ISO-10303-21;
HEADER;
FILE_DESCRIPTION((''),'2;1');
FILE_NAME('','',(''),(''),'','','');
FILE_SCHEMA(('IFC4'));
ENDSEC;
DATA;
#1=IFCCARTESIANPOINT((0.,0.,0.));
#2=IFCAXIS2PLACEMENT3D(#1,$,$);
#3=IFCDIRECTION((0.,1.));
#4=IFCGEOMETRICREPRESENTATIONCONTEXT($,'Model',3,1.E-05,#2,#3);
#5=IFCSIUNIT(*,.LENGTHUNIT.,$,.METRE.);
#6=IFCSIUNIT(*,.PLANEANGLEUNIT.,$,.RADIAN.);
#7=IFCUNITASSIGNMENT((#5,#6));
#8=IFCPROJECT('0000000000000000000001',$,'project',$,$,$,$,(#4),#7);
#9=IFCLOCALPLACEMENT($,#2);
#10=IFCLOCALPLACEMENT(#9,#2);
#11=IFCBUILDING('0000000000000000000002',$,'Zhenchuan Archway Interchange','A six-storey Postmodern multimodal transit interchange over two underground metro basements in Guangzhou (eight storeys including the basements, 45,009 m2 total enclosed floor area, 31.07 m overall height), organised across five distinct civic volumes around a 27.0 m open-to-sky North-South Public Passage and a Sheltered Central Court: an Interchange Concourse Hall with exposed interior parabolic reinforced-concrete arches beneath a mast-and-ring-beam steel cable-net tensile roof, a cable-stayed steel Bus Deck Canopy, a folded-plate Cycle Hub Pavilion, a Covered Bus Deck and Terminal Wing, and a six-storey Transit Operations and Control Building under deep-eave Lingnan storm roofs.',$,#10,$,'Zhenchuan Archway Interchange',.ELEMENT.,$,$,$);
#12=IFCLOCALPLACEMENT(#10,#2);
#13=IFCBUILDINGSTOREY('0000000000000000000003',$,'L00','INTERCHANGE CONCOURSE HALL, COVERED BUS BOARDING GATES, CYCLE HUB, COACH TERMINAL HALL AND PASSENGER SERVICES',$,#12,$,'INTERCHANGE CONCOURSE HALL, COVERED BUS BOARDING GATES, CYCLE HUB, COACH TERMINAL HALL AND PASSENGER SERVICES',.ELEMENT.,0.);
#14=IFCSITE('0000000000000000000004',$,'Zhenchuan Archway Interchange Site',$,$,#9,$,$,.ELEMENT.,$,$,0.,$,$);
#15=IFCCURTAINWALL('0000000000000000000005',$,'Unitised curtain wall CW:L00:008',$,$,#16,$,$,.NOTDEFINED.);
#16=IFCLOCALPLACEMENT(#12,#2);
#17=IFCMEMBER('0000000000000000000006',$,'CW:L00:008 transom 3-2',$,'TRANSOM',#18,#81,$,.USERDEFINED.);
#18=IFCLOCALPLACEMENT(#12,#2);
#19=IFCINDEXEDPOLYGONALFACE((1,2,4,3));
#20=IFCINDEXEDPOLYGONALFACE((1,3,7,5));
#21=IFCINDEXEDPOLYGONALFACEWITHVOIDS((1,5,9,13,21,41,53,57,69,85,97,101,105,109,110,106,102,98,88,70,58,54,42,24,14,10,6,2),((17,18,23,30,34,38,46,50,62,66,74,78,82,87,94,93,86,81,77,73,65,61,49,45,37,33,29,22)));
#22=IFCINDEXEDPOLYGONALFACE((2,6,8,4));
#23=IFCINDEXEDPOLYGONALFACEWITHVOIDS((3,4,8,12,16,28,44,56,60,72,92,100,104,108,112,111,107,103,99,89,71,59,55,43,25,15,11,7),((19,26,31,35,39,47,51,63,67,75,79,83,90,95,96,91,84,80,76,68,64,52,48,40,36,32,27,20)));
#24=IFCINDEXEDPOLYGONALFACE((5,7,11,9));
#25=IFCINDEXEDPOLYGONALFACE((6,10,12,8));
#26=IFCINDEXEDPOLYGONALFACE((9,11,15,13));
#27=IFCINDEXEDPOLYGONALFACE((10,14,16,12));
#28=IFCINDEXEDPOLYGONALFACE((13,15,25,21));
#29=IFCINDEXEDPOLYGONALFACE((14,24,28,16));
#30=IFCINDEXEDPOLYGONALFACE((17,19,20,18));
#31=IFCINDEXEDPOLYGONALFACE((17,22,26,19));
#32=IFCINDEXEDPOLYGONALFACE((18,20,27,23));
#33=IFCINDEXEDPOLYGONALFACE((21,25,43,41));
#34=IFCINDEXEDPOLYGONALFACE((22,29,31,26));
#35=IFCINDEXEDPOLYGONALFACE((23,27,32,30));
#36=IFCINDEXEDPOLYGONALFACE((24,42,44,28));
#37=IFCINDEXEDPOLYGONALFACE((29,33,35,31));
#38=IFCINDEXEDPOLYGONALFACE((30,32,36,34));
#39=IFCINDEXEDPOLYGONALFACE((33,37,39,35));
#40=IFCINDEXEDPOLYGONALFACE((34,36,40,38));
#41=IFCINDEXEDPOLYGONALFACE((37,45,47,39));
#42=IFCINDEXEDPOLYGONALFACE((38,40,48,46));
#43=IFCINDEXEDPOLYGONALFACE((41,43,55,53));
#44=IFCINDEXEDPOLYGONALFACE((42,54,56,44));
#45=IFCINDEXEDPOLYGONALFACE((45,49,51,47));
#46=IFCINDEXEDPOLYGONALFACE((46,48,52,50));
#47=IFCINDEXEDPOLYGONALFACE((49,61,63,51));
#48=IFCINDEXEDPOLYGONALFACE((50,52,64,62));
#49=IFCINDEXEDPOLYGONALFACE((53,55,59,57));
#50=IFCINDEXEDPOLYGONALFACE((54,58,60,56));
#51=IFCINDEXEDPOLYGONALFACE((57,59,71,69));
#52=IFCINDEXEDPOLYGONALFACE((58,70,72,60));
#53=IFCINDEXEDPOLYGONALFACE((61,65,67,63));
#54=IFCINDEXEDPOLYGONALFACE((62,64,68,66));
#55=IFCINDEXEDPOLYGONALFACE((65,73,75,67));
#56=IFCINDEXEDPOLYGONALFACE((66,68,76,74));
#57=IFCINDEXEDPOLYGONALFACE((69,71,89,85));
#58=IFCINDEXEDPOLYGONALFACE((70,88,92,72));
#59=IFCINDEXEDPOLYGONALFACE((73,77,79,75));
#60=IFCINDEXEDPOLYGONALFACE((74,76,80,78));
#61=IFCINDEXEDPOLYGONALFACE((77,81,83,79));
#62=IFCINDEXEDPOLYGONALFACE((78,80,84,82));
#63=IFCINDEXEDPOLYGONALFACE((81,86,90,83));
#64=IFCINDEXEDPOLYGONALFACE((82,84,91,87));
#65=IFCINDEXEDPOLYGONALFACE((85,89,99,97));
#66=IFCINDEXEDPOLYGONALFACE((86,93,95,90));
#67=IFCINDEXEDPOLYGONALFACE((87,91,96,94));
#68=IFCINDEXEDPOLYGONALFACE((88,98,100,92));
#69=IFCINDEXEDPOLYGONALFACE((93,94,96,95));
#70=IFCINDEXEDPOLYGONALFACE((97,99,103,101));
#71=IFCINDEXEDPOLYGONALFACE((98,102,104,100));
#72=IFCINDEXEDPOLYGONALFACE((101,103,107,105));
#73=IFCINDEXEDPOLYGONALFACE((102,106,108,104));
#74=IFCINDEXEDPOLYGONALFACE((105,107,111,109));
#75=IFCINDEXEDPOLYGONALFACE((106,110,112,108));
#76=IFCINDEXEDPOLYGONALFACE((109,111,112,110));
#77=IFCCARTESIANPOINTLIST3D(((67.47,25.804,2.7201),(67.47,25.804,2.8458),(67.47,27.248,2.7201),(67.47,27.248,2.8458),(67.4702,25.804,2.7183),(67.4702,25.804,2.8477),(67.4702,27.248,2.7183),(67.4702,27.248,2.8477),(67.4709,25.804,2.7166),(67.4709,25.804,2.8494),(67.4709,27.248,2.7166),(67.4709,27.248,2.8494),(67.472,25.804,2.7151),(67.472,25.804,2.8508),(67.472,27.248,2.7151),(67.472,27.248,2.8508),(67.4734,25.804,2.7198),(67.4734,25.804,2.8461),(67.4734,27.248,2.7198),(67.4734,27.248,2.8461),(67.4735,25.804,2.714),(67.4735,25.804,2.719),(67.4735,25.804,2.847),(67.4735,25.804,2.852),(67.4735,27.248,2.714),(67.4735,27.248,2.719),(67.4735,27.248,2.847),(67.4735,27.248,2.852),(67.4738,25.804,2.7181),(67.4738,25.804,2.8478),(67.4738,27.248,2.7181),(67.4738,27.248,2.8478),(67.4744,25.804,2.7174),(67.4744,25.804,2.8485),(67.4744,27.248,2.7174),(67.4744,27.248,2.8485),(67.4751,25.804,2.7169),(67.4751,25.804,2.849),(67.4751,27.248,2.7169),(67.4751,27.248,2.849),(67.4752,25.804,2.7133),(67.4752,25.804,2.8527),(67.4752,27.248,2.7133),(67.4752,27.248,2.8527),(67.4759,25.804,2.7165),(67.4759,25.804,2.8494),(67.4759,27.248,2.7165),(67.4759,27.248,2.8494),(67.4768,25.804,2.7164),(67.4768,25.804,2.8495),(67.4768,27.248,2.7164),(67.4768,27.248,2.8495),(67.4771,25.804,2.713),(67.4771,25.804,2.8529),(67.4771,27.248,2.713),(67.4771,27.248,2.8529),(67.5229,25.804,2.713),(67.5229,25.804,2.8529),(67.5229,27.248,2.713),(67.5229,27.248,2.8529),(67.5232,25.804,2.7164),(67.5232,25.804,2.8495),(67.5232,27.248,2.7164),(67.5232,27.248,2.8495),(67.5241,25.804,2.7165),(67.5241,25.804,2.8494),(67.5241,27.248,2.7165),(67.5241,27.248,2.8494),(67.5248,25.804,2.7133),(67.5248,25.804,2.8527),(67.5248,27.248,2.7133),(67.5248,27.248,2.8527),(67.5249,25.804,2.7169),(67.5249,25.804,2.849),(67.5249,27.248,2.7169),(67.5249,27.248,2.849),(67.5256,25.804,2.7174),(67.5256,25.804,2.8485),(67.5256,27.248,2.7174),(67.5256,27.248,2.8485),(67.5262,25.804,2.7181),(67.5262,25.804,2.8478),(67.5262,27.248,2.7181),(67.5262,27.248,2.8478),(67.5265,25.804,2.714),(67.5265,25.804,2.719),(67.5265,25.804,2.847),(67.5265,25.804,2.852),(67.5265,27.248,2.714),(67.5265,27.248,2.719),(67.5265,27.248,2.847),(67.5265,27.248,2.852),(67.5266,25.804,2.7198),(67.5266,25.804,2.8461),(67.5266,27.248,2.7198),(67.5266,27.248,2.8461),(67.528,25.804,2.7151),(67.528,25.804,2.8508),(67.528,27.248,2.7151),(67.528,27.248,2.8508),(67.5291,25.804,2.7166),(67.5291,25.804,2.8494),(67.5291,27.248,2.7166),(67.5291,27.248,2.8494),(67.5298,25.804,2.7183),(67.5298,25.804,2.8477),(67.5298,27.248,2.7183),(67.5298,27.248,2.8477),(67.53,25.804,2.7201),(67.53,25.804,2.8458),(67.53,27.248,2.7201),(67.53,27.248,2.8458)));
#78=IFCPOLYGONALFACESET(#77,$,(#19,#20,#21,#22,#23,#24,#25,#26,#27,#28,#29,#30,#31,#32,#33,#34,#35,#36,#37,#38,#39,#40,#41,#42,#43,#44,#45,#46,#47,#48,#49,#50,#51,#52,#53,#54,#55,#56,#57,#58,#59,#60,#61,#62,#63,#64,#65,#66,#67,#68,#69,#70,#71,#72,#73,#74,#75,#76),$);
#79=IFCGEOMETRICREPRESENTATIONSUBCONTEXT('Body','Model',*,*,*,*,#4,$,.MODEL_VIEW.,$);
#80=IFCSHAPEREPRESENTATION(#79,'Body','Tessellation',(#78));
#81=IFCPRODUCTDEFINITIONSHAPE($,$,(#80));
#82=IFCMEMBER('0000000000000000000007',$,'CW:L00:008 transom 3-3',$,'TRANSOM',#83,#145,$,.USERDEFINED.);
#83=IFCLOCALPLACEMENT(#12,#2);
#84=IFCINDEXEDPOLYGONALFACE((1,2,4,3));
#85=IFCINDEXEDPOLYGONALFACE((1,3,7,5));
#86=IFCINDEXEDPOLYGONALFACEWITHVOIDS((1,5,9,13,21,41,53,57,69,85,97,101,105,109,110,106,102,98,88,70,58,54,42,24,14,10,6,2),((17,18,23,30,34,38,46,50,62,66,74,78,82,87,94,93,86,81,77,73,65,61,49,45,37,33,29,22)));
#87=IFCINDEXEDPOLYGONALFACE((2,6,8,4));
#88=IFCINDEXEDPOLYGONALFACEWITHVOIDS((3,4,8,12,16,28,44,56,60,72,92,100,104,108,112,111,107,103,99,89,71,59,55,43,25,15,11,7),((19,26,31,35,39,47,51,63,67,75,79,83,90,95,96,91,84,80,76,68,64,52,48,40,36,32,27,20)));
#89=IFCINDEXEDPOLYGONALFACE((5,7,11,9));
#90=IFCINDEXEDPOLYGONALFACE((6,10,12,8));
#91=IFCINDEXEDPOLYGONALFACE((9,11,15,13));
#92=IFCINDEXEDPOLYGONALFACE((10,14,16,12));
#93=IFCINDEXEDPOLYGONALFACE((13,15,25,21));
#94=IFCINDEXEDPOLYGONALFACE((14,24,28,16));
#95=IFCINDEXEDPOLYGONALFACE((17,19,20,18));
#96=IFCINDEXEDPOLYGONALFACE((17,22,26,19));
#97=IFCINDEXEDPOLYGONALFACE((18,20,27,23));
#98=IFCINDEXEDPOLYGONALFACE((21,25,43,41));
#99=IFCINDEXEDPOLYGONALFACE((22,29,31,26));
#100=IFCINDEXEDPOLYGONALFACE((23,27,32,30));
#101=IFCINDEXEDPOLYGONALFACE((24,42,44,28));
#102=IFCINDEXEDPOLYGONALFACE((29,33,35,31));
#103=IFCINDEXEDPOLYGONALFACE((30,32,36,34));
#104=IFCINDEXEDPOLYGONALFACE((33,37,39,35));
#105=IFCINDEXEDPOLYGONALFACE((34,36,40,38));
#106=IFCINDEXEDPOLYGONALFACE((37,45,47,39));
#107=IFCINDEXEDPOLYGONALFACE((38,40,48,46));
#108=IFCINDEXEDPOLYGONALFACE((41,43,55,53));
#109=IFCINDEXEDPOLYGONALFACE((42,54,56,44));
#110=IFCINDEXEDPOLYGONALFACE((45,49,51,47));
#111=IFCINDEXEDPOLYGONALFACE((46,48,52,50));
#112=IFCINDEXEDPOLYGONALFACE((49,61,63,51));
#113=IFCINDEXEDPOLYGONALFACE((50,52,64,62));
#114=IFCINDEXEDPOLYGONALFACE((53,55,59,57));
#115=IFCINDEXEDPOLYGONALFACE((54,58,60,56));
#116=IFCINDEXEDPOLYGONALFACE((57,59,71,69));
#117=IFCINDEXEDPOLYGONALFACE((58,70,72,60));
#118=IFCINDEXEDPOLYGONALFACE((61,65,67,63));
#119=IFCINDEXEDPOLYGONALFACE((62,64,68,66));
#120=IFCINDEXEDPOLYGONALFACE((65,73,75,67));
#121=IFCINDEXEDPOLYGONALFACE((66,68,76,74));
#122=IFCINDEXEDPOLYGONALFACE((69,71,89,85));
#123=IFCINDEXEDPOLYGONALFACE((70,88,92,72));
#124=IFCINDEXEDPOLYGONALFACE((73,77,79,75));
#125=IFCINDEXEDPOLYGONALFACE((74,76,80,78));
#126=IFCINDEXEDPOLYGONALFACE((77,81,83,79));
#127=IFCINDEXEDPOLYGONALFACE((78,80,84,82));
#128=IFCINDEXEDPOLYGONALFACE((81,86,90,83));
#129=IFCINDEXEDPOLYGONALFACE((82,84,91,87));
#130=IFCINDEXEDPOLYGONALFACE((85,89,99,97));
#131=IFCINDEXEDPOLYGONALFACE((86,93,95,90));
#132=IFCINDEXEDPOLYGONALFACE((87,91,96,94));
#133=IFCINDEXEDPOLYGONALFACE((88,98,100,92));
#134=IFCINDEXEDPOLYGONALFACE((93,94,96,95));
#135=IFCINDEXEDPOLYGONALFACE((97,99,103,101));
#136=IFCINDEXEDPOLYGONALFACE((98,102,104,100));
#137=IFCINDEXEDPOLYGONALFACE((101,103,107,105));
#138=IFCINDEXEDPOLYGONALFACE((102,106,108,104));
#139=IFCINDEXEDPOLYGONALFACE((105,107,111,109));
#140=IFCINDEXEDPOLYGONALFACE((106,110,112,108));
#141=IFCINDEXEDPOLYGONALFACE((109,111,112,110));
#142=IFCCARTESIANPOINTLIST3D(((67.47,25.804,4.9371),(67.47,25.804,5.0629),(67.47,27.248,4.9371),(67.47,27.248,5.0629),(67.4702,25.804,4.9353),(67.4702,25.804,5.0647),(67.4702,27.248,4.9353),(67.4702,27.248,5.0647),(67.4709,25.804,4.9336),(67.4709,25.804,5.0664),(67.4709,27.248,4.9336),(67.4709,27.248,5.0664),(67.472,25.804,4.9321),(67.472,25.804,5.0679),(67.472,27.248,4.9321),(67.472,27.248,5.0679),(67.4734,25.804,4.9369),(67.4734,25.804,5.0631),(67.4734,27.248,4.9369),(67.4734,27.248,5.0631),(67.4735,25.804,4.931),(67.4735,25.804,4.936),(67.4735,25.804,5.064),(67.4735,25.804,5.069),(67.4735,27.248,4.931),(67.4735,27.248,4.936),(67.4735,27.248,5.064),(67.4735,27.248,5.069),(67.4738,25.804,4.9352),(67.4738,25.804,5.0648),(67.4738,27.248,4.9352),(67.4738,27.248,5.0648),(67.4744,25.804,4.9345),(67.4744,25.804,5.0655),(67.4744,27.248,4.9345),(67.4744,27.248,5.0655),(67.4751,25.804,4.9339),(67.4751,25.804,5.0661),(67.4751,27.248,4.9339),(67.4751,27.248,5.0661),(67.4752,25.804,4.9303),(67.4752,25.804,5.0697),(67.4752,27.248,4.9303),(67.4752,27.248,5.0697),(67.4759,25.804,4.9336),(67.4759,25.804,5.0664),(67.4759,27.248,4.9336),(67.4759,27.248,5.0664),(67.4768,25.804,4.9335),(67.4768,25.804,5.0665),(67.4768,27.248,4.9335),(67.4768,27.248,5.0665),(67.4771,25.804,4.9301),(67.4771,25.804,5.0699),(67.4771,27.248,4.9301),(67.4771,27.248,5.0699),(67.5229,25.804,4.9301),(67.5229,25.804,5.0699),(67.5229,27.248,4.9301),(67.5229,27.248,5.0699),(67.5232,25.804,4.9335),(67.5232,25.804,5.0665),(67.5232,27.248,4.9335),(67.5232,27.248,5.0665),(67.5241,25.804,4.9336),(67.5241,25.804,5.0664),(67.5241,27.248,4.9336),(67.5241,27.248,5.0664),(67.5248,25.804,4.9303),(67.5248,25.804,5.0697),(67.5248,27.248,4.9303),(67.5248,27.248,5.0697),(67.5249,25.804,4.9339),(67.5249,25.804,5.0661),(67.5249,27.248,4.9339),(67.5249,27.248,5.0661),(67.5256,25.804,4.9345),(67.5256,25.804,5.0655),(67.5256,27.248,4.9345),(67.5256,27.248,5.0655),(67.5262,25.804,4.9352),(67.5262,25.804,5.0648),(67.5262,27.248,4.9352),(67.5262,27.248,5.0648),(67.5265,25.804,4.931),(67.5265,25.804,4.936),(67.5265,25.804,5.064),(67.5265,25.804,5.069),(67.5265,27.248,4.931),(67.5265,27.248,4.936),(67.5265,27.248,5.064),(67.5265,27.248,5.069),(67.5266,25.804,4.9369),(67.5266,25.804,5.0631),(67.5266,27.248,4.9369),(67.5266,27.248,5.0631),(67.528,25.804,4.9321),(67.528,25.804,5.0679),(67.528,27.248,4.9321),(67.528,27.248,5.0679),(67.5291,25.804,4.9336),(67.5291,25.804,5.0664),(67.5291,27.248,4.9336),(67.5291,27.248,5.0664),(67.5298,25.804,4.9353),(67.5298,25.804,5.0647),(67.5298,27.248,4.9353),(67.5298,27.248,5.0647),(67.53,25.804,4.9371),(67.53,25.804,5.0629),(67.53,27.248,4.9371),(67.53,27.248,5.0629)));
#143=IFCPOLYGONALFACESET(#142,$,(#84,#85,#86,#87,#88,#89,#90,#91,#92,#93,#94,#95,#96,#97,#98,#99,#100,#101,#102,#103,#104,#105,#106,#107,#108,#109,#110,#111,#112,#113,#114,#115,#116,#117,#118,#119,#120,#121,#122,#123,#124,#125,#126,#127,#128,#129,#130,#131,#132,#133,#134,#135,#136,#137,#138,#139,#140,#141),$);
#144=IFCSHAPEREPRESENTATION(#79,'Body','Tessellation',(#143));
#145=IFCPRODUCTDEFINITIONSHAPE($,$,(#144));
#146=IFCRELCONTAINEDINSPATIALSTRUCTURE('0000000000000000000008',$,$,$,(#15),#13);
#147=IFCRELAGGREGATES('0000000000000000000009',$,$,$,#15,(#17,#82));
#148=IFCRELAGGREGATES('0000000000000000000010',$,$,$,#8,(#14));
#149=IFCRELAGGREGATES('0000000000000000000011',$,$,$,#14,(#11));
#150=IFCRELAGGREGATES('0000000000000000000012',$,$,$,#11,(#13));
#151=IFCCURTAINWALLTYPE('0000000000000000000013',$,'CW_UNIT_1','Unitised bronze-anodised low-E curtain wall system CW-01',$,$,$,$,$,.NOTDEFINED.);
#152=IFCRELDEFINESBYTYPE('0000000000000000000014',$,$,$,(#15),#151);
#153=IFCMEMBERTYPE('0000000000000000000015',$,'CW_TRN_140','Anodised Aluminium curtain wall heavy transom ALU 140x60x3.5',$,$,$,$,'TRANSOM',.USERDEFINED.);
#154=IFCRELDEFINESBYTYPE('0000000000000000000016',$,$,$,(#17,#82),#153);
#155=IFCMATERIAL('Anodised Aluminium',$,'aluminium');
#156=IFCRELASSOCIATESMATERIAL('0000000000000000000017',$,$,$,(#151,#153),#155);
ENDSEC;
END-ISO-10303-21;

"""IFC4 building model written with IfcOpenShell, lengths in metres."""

from ifc_helpers import new_model, si_unit, direction, frame, origin, origin_2d, place, context, subcontext, project, spatial, hollow_rectangle, extrude, material, material_profile, profile_set, type_object, element, aggregate, save


model = new_model("IFC4")

# Units and contexts
model_context = context("Model", 3, precision=1e-05, world=origin(), true_north=direction((0.0, 1.0)))
body_context = subcontext(model_context, "Body", "Model", "MODEL_VIEW")
ifc_project = project(units=[si_unit("LENGTHUNIT", "METRE"), si_unit("PLANEANGLEUNIT", "RADIAN")], contexts=[model_context])

# Site, building, storey
site_placement = place(None, origin())
site = spatial("IfcSite", under=ifc_project, at=site_placement, Name="Zhenchuan Archway Interchange Site", CompositionType="ELEMENT", RefElevation=0.0)
building_placement = place(site_placement, origin())
building = spatial("IfcBuilding", under=site, at=building_placement, Name="Zhenchuan Archway Interchange", Description="A six-storey Postmodern multimodal transit interchange over two underground metro basements in Guangzhou (eight storeys including the basements, 45,009 m2 total enclosed floor area, 31.07 m overall height), organised across five distinct civic volumes around a 27.0 m open-to-sky North-South Public Passage and a Sheltered Central Court: an Interchange Concourse Hall with exposed interior parabolic reinforced-concrete arches beneath a mast-and-ring-beam steel cable-net tensile roof, a cable-stayed steel Bus Deck Canopy, a folded-plate Cycle Hub Pavilion, a Covered Bus Deck and Terminal Wing, and a six-storey Transit Operations and Control Building under deep-eave Lingnan storm roofs.", LongName="Zhenchuan Archway Interchange", CompositionType="ELEMENT")
storey_placement = place(building_placement, origin())
storey = spatial("IfcBuildingStorey", under=building, at=storey_placement, Name="L00", Description="INTERCHANGE CONCOURSE HALL, COVERED BUS BOARDING GATES, CYCLE HUB, COACH TERMINAL HALL AND PASSENGER SERVICES", LongName="INTERCHANGE CONCOURSE HALL, COVERED BUS BOARDING GATES, CYCLE HUB, COACH TERMINAL HALL AND PASSENGER SERVICES", CompositionType="ELEMENT", Elevation=0.0)

# Curtain wall, members
ifc_material_1 = material(Name="Anodised Aluminium", Category="aluminium")
curtain_wall_type = type_object("IfcCurtainWallType", Name="CW_UNIT_1", Description="Unitised bronze-anodised low-E curtain wall system CW-01", PredefinedType="NOTDEFINED", material=ifc_material_1)
curtain_wall_placement = place(storey_placement, origin())
curtain_wall = element("IfcCurtainWall", 1, at=curtain_wall_placement, inside=storey, type_object=curtain_wall_type, Name="Unitised curtain wall CW:L00:008", PredefinedType="NOTDEFINED")
ifc_material_profile_1 = material_profile(ifc_material_1, hollow_rectangle(XDim=0.0601, YDim=0.1399, WallThickness=0.0034, InnerFilletRadius=0.0034, OuterFilletRadius=0.0071, at=origin_2d()), Name="ALU 140x60x3.5")
ifc_profile_set_1 = profile_set([ifc_material_profile_1], Name="Anodised Aluminium")
member_type_1 = type_object("IfcMemberType", Name="CW_TRN_140", Description="Anodised Aluminium curtain wall heavy transom ALU 140x60x3.5", ElementType="TRANSOM", PredefinedType="USERDEFINED", material=ifc_profile_set_1)
member_1_placement = place(storey_placement, frame((67.5, 27.248, 2.783), z_axis=(0.0, -1.0, 0.0), x_axis=(1.0, 0.0, 0.0)))
member_1 = element("IfcMember", 2, at=member_1_placement, type_object=member_type_1, Name="CW:L00:008 transom 3-2", ObjectType="TRANSOM", PredefinedType="USERDEFINED", context=body_context, shape_type="SweptSolid", body=[
    extrude(hollow_rectangle(XDim=0.0601, YDim=0.1399, WallThickness=0.0034, InnerFilletRadius=0.0034, OuterFilletRadius=0.0071, at=origin_2d()), origin(), (0.0, 0.0, 1.0), 1.4441),
])
member_2_placement = place(storey_placement, frame((67.5, 27.248, 5.0), z_axis=(0.0, -1.0, 0.0), x_axis=(1.0, 0.0, 0.0)))
member_2 = element("IfcMember", 3, at=member_2_placement, type_object=member_type_1, Name="CW:L00:008 transom 3-3", ObjectType="TRANSOM", PredefinedType="USERDEFINED", context=body_context, shape_type="SweptSolid", body=[
    extrude(hollow_rectangle(XDim=0.0601, YDim=0.1399, WallThickness=0.0034, InnerFilletRadius=0.0034, OuterFilletRadius=0.0071, at=origin_2d()), origin(), (0.0, 0.0, 1.0), 1.4441),
])

aggregate(curtain_wall, [member_1, member_2])

save(model, "model.ifc")
